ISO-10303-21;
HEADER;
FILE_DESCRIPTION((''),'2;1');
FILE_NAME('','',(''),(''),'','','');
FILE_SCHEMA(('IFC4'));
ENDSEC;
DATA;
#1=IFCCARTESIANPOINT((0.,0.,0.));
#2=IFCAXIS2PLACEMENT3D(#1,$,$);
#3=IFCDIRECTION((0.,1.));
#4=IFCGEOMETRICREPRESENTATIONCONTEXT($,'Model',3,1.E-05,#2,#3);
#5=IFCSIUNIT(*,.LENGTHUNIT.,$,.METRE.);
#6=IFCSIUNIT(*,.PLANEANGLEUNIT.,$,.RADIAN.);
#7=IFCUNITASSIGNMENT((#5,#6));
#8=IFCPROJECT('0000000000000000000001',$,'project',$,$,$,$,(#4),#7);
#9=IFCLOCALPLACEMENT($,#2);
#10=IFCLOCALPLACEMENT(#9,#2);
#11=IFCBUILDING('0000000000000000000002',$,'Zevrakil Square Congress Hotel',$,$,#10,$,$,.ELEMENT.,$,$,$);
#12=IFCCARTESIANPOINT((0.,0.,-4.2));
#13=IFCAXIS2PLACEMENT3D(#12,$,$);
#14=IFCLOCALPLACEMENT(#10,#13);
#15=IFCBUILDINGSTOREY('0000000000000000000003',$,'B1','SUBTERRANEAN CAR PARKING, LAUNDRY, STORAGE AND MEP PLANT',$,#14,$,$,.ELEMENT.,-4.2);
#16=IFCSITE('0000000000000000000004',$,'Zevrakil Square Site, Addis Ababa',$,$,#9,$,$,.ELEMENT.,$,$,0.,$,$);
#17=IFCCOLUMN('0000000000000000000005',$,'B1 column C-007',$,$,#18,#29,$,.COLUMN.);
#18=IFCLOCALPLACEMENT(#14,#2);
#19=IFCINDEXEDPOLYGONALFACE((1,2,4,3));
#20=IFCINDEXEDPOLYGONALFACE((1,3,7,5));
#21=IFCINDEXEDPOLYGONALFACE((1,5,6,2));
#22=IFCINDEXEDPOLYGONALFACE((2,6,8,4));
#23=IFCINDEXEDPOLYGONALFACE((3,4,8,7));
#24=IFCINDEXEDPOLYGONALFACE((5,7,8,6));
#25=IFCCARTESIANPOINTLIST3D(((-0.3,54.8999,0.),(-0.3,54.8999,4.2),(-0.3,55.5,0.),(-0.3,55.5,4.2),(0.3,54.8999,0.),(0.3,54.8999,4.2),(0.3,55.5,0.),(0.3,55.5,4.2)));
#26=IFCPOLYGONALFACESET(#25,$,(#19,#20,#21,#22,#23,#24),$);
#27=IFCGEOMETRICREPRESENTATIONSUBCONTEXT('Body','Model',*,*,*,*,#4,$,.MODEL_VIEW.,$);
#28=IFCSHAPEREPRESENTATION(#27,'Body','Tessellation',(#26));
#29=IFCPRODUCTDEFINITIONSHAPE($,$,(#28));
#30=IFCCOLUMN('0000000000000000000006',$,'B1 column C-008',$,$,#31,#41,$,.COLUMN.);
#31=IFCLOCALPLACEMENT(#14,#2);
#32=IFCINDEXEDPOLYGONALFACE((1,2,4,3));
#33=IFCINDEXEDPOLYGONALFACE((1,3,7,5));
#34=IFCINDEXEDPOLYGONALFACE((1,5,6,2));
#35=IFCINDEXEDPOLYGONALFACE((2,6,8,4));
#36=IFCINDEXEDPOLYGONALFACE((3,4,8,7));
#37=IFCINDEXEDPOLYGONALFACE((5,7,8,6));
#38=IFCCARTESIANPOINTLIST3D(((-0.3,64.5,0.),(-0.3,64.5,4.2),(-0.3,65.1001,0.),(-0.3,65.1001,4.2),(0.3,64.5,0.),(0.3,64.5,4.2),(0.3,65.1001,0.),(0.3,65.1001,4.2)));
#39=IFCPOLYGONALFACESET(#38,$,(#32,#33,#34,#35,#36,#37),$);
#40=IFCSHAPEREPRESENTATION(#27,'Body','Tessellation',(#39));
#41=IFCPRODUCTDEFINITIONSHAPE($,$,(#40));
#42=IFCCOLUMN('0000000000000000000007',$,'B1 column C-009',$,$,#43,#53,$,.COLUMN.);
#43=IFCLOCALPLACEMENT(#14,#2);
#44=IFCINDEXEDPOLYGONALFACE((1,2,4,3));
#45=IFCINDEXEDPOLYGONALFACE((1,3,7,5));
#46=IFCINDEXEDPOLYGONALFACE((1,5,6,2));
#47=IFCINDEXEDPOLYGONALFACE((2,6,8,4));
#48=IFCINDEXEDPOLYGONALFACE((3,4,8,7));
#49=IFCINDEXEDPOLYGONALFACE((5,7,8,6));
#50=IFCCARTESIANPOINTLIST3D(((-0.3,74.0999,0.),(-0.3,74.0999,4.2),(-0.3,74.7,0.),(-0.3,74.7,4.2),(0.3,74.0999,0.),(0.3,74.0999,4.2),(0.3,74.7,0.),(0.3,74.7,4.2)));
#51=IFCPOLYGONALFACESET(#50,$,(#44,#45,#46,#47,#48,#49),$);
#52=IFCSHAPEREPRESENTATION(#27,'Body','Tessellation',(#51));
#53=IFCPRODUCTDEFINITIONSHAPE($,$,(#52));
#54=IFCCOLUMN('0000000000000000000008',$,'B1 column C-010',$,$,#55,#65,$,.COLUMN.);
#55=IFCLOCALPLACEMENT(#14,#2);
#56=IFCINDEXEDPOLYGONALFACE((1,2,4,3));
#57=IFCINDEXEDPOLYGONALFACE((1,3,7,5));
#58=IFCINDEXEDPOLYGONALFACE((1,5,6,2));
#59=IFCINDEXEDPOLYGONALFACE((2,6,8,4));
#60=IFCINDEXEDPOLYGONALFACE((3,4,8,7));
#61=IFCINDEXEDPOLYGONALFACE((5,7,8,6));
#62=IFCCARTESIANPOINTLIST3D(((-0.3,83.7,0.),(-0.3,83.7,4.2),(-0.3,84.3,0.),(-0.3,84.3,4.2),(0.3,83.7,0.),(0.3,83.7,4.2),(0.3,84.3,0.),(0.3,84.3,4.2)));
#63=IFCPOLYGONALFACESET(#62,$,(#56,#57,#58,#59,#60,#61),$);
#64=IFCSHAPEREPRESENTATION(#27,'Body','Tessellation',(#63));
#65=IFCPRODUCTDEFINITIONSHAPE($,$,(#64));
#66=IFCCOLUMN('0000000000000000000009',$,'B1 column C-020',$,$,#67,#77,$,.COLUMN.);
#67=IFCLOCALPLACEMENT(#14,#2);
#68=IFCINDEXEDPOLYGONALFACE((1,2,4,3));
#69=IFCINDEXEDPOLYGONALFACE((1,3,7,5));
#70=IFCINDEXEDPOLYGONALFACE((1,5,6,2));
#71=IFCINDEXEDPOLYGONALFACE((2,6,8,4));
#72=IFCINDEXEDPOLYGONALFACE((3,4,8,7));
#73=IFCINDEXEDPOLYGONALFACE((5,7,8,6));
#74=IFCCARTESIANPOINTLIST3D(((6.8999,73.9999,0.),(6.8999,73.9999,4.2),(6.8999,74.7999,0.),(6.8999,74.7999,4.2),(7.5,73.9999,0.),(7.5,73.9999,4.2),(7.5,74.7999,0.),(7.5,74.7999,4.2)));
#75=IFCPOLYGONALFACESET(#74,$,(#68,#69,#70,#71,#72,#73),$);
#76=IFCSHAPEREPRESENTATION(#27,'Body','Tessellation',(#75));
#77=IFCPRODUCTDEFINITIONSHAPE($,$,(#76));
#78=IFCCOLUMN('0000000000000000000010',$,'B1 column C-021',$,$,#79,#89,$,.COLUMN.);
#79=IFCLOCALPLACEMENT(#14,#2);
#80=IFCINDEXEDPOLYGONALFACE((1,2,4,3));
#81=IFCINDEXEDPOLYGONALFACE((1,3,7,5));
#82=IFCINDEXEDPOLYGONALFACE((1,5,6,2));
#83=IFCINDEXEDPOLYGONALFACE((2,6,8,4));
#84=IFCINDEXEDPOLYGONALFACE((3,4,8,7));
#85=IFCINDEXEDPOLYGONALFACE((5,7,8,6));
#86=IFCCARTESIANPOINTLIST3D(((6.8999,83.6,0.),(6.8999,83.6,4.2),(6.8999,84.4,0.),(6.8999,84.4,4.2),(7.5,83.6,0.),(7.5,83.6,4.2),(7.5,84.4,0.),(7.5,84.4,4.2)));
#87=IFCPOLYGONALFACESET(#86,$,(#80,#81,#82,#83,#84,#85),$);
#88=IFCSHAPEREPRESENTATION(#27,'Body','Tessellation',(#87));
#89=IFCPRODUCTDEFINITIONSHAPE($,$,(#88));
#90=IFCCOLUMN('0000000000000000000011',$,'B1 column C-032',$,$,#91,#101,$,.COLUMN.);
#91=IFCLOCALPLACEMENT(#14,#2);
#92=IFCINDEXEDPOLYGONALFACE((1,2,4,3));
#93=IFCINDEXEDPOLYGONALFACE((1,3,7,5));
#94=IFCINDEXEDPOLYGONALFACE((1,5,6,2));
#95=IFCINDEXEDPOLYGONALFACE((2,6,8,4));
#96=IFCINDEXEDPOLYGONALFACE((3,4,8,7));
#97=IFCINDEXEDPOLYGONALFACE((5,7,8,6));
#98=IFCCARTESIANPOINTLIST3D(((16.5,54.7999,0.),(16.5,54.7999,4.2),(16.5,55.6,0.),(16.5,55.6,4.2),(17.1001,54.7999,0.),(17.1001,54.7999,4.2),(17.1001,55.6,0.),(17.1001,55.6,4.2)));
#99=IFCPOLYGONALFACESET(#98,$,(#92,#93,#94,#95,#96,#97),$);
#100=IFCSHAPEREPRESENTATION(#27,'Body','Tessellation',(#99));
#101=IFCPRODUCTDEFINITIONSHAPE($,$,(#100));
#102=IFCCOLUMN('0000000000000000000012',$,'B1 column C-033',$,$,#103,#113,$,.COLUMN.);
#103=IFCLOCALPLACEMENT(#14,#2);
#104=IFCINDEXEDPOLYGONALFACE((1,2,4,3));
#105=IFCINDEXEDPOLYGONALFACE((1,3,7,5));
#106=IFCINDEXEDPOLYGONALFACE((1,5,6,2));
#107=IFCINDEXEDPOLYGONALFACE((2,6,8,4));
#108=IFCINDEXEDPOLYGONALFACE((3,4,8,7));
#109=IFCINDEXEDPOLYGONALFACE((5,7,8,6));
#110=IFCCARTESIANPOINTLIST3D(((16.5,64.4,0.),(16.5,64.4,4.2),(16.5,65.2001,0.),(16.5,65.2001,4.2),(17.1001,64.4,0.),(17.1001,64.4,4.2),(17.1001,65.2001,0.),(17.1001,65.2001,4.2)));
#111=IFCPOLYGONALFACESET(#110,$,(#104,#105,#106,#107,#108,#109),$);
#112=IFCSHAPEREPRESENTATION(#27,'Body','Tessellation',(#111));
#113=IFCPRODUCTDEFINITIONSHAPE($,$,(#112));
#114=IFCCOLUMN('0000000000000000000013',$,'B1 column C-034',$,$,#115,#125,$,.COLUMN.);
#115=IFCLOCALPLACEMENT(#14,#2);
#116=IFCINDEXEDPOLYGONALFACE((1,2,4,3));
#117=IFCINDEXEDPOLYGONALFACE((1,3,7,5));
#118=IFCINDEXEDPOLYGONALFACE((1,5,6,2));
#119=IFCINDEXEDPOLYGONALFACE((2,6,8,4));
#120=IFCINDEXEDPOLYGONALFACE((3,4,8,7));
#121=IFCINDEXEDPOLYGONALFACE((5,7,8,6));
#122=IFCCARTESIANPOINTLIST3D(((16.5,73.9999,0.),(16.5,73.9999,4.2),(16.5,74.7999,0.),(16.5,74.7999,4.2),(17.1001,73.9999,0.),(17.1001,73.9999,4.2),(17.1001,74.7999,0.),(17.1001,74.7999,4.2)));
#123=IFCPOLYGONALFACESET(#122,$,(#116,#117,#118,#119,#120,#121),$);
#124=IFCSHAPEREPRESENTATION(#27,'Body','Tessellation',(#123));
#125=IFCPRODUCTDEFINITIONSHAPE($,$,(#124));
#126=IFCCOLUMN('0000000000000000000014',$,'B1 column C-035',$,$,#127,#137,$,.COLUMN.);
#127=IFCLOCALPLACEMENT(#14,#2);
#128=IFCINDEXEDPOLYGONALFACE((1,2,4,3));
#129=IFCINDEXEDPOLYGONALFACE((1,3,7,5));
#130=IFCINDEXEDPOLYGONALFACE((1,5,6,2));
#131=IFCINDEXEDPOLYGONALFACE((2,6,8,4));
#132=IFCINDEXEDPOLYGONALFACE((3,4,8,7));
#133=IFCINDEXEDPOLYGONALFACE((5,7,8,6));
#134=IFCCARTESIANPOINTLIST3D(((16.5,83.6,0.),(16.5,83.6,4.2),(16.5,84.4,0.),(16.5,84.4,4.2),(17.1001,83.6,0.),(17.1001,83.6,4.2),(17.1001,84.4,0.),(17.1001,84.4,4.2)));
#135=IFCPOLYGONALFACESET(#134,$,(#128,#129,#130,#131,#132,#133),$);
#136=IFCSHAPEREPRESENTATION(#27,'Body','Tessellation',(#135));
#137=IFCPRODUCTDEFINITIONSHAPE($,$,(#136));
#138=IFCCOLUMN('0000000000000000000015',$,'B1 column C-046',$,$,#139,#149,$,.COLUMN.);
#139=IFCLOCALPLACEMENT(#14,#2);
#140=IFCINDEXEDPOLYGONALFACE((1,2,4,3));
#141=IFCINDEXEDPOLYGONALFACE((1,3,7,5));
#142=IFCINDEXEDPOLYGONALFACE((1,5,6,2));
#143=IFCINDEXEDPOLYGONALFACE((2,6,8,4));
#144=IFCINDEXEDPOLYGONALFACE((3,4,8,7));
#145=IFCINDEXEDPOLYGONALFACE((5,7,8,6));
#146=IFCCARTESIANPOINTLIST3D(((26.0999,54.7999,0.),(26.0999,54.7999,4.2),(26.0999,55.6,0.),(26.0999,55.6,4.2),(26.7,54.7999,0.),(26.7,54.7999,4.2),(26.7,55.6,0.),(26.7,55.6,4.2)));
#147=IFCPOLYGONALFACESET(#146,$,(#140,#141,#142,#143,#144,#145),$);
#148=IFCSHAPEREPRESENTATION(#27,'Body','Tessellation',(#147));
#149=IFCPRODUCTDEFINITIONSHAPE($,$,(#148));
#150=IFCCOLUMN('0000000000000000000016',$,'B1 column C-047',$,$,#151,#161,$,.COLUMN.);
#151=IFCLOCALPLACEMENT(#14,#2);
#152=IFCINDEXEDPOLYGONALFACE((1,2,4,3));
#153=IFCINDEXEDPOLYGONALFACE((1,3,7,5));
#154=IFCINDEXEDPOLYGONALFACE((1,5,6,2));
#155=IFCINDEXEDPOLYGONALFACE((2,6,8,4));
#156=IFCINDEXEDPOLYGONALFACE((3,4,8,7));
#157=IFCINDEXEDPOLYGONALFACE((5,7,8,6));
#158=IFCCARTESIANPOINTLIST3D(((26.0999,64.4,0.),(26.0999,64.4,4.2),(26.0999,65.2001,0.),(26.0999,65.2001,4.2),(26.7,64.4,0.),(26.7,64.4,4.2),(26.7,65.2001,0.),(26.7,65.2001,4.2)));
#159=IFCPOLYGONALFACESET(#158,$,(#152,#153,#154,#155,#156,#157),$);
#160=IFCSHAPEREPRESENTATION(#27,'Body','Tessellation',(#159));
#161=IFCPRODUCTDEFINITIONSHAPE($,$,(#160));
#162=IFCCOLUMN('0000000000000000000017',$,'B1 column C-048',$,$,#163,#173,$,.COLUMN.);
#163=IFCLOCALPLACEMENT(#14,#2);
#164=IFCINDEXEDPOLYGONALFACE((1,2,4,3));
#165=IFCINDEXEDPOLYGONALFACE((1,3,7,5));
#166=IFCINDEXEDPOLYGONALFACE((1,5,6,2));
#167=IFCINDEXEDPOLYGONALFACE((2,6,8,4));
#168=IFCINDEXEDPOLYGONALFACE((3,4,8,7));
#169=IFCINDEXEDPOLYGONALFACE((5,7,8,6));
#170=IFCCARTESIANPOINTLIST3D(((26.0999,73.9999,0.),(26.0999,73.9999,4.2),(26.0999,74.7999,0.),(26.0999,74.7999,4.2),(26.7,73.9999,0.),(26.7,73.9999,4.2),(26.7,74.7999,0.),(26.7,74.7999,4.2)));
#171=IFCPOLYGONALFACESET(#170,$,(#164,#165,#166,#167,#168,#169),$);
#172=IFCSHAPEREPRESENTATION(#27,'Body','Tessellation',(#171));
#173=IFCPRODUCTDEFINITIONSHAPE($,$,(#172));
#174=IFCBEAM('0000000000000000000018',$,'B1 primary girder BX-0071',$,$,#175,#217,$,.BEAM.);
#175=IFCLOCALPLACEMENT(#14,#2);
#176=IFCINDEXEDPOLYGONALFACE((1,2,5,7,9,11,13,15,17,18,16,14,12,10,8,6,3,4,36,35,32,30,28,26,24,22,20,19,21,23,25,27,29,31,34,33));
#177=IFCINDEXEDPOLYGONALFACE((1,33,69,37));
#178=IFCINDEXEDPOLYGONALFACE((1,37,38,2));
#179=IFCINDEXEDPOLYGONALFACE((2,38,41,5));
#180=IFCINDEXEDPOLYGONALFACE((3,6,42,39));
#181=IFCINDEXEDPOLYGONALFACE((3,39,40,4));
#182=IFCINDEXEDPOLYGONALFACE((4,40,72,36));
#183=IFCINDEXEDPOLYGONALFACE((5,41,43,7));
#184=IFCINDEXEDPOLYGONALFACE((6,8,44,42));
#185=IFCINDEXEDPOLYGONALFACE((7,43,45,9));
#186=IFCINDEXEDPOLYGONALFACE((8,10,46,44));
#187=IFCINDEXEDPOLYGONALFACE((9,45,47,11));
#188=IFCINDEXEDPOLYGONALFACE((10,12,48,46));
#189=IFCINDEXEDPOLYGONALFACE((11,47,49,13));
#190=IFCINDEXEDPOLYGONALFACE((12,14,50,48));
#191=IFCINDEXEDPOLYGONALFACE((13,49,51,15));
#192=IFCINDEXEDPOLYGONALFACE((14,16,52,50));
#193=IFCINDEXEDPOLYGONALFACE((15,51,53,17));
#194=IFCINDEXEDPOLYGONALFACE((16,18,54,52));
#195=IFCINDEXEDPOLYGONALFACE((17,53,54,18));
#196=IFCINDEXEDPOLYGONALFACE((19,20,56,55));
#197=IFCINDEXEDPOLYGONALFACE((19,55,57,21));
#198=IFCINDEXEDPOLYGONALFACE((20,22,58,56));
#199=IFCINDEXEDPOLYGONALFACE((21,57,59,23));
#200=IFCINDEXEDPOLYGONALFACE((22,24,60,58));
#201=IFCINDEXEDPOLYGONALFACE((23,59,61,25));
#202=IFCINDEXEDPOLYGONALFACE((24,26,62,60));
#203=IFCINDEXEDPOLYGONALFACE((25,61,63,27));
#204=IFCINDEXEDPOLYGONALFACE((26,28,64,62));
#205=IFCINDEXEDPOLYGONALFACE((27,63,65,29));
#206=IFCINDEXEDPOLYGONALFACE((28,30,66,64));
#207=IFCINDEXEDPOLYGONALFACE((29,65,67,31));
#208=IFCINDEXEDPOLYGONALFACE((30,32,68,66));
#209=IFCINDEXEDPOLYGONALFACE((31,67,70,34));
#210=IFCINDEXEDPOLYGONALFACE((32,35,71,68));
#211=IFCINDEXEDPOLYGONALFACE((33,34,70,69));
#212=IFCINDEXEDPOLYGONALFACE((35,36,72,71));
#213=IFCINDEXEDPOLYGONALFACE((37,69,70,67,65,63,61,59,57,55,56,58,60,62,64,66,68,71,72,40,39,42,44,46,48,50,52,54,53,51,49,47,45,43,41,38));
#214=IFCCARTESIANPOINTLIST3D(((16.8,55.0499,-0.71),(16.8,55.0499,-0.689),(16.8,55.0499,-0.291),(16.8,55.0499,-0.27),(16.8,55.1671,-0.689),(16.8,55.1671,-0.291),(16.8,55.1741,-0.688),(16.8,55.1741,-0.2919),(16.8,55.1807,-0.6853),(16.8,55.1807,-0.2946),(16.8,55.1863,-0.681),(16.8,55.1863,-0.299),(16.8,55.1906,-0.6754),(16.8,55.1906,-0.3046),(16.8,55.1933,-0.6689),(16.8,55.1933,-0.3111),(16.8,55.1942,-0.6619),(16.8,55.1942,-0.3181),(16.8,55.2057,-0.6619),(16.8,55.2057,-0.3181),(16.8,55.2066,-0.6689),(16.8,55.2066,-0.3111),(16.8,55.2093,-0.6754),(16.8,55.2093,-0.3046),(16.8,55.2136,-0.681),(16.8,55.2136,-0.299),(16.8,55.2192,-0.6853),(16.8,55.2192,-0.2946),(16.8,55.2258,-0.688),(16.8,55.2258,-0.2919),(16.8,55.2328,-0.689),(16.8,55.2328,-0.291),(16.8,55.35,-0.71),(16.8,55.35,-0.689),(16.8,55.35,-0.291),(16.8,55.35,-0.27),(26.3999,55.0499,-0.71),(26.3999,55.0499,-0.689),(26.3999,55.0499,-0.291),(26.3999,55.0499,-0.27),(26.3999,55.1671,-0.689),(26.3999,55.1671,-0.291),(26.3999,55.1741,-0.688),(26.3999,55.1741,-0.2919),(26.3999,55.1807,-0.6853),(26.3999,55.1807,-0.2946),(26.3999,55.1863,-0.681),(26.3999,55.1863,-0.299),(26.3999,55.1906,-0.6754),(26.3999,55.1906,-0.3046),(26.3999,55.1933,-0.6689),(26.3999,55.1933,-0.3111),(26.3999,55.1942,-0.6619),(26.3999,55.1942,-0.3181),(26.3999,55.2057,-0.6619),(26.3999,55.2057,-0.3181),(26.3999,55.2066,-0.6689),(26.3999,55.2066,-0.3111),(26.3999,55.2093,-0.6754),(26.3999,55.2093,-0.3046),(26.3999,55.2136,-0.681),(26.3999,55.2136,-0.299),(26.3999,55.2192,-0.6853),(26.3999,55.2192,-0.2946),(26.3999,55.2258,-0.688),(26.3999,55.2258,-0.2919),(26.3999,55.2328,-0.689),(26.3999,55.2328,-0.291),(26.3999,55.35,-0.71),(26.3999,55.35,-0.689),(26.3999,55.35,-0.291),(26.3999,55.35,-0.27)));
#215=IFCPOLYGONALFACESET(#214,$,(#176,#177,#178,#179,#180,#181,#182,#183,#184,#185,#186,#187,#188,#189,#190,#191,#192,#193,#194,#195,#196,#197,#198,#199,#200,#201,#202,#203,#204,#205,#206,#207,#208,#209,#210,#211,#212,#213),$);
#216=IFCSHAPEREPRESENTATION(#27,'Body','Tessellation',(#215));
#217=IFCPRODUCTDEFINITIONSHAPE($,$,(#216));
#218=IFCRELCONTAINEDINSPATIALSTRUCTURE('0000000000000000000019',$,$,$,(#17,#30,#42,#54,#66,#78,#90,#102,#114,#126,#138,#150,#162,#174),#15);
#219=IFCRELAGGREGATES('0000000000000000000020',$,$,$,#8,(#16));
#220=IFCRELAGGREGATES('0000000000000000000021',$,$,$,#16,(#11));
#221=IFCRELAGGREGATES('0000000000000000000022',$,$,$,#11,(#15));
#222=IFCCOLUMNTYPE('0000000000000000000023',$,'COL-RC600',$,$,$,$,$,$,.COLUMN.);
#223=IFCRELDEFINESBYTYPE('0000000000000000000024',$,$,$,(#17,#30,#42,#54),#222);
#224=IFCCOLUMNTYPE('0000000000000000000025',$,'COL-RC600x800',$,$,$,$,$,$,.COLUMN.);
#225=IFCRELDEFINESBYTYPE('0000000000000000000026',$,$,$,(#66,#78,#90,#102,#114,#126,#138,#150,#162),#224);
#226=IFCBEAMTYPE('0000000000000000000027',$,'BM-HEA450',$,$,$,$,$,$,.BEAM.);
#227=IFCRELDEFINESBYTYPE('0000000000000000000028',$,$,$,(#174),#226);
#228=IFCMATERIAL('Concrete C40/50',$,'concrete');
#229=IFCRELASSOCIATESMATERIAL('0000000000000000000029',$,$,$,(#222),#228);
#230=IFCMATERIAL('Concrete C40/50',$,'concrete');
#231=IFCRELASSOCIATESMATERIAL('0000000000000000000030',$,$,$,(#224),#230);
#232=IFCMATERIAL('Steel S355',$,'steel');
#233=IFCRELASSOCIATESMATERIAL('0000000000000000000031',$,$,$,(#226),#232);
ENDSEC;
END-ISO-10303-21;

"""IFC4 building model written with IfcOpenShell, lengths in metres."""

from ifc_helpers import new_model, si_unit, direction, frame, origin, origin_2d, place, context, subcontext, project, spatial, rectangle, i_section, extrude, material, material_profile, profile_set, type_object, element, save


model = new_model("IFC4")

# Units and contexts
model_context = context("Model", 3, precision=1e-05, world=origin(), true_north=direction((0.0, 1.0)))
body_context = subcontext(model_context, "Body", "Model", "MODEL_VIEW")
ifc_project = project(units=[si_unit("LENGTHUNIT", "METRE"), si_unit("PLANEANGLEUNIT", "RADIAN")], contexts=[model_context])

# Site, building, storey
site_placement = place(None, origin())
site = spatial("IfcSite", under=ifc_project, at=site_placement, Name="Zevrakil Square Site, Addis Ababa", CompositionType="ELEMENT", RefElevation=0.0)
building_placement = place(site_placement, origin())
building = spatial("IfcBuilding", under=site, at=building_placement, Name="Zevrakil Square Congress Hotel", CompositionType="ELEMENT")
storey_placement = place(building_placement, frame((0.0, 0.0, -4.2)))
storey = spatial("IfcBuildingStorey", under=building, at=storey_placement, Name="B1", Description="SUBTERRANEAN CAR PARKING, LAUNDRY, STORAGE AND MEP PLANT", CompositionType="ELEMENT", Elevation=-4.2)

# Columns
ifc_material_1 = material(Name="Concrete C40/50", Category="concrete")
ifc_material_profile_1 = material_profile(ifc_material_1, rectangle(XDim=0.6001, YDim=0.6001, at=origin_2d()), Name="RC 600x600")
ifc_profile_set_1 = profile_set([ifc_material_profile_1], Name="Concrete C40/50")
column_type_1 = type_object("IfcColumnType", Name="COL-RC600", PredefinedType="COLUMN", material=ifc_profile_set_1)
for number, where, z_axis, x_axis, name in (
    (1, (0.0, 55.2, 0.0), (0.0, 0.0, 1.0), (1.0, 0.0, 0.0), "B1 column C-007"),
    (2, (0.0, 64.8, 0.0), (0.0, 0.0, 1.0), (1.0, 0.0, 0.0), "B1 column C-008"),
    (3, (0.0, 74.3999, 0.0), (0.0, 0.0, 1.0), (1.0, 0.0, 0.0), "B1 column C-009"),
    (4, (0.0, 84.0, 0.0), (0.0, 0.0, 1.0), (1.0, 0.0, 0.0), "B1 column C-010"),
):
    element("IfcColumn", number, at=place(storey_placement, frame(where, z_axis=z_axis, x_axis=x_axis)), inside=storey, type_object=column_type_1, Name=name, PredefinedType="COLUMN", context=body_context, shape_type="SweptSolid", body=[
        extrude(rectangle(XDim=0.6001, YDim=0.6001, at=origin_2d()), origin(), (0.0, 0.0, 1.0), 4.2),
    ])
ifc_material_2 = material(Name="Concrete C40/50", Category="concrete")
ifc_material_profile_2 = material_profile(ifc_material_2, rectangle(XDim=0.6001, YDim=0.8, at=origin_2d()), Name="RC 600x800")
ifc_profile_set_2 = profile_set([ifc_material_profile_2], Name="Concrete C40/50")
column_type_2 = type_object("IfcColumnType", Name="COL-RC600x800", PredefinedType="COLUMN", material=ifc_profile_set_2)
for number, where, z_axis, x_axis, name in (
    (5, (7.2, 74.3999, 0.0), (0.0, 0.0, 1.0), (1.0, 0.0, 0.0), "B1 column C-020"),
    (6, (7.2, 84.0, 0.0), (0.0, 0.0, 1.0), (1.0, 0.0, 0.0), "B1 column C-021"),
    (7, (16.8, 55.2, 0.0), (0.0, 0.0, 1.0), (1.0, 0.0, 0.0), "B1 column C-032"),
    (8, (16.8, 64.8, 0.0), (0.0, 0.0, 1.0), (1.0, 0.0, 0.0), "B1 column C-033"),
    (9, (16.8, 74.3999, 0.0), (0.0, 0.0, 1.0), (1.0, 0.0, 0.0), "B1 column C-034"),
    (10, (16.8, 84.0, 0.0), (0.0, 0.0, 1.0), (1.0, 0.0, 0.0), "B1 column C-035"),
    (11, (26.3999, 55.2, 0.0), (0.0, 0.0, 1.0), (1.0, 0.0, 0.0), "B1 column C-046"),
    (12, (26.3999, 64.8, 0.0), (0.0, 0.0, 1.0), (1.0, 0.0, 0.0), "B1 column C-047"),
    (13, (26.3999, 74.3999, 0.0), (0.0, 0.0, 1.0), (1.0, 0.0, 0.0), "B1 column C-048"),
):
    element("IfcColumn", number, at=place(storey_placement, frame(where, z_axis=z_axis, x_axis=x_axis)), inside=storey, type_object=column_type_2, Name=name, PredefinedType="COLUMN", context=body_context, shape_type="SweptSolid", body=[
        extrude(rectangle(XDim=0.6001, YDim=0.8, at=origin_2d()), origin(), (0.0, 0.0, 1.0), 4.2),
    ])

# Beam
ifc_material_3 = material(Name="Steel S355", Category="steel")
ifc_material_profile_3 = material_profile(ifc_material_3, i_section(OverallWidth=0.3, OverallDepth=0.4399, WebThickness=0.0115, FlangeThickness=0.021, FilletRadius=0.0271, at=origin_2d()), Name="HEA 450")
ifc_profile_set_3 = profile_set([ifc_material_profile_3], Name="Steel S355")
beam_type_1 = type_object("IfcBeamType", Name="BM-HEA450", PredefinedType="BEAM", material=ifc_profile_set_3)
beam_1_placement = place(storey_placement, frame((16.8, 55.2, -0.49), z_axis=(1.0, 0.0, 0.0), x_axis=(0.0, 1.0, 0.0)))
element("IfcBeam", 14, at=beam_1_placement, inside=storey, type_object=beam_type_1, Name="B1 primary girder BX-0071", PredefinedType="BEAM", context=body_context, shape_type="SweptSolid", body=[
    extrude(i_section(OverallWidth=0.3, OverallDepth=0.4399, WebThickness=0.0115, FlangeThickness=0.021, FilletRadius=0.0271, at=origin_2d()), origin(), (0.0, 0.0, 1.0), 9.5999),
])

save(model, "model.ifc")
